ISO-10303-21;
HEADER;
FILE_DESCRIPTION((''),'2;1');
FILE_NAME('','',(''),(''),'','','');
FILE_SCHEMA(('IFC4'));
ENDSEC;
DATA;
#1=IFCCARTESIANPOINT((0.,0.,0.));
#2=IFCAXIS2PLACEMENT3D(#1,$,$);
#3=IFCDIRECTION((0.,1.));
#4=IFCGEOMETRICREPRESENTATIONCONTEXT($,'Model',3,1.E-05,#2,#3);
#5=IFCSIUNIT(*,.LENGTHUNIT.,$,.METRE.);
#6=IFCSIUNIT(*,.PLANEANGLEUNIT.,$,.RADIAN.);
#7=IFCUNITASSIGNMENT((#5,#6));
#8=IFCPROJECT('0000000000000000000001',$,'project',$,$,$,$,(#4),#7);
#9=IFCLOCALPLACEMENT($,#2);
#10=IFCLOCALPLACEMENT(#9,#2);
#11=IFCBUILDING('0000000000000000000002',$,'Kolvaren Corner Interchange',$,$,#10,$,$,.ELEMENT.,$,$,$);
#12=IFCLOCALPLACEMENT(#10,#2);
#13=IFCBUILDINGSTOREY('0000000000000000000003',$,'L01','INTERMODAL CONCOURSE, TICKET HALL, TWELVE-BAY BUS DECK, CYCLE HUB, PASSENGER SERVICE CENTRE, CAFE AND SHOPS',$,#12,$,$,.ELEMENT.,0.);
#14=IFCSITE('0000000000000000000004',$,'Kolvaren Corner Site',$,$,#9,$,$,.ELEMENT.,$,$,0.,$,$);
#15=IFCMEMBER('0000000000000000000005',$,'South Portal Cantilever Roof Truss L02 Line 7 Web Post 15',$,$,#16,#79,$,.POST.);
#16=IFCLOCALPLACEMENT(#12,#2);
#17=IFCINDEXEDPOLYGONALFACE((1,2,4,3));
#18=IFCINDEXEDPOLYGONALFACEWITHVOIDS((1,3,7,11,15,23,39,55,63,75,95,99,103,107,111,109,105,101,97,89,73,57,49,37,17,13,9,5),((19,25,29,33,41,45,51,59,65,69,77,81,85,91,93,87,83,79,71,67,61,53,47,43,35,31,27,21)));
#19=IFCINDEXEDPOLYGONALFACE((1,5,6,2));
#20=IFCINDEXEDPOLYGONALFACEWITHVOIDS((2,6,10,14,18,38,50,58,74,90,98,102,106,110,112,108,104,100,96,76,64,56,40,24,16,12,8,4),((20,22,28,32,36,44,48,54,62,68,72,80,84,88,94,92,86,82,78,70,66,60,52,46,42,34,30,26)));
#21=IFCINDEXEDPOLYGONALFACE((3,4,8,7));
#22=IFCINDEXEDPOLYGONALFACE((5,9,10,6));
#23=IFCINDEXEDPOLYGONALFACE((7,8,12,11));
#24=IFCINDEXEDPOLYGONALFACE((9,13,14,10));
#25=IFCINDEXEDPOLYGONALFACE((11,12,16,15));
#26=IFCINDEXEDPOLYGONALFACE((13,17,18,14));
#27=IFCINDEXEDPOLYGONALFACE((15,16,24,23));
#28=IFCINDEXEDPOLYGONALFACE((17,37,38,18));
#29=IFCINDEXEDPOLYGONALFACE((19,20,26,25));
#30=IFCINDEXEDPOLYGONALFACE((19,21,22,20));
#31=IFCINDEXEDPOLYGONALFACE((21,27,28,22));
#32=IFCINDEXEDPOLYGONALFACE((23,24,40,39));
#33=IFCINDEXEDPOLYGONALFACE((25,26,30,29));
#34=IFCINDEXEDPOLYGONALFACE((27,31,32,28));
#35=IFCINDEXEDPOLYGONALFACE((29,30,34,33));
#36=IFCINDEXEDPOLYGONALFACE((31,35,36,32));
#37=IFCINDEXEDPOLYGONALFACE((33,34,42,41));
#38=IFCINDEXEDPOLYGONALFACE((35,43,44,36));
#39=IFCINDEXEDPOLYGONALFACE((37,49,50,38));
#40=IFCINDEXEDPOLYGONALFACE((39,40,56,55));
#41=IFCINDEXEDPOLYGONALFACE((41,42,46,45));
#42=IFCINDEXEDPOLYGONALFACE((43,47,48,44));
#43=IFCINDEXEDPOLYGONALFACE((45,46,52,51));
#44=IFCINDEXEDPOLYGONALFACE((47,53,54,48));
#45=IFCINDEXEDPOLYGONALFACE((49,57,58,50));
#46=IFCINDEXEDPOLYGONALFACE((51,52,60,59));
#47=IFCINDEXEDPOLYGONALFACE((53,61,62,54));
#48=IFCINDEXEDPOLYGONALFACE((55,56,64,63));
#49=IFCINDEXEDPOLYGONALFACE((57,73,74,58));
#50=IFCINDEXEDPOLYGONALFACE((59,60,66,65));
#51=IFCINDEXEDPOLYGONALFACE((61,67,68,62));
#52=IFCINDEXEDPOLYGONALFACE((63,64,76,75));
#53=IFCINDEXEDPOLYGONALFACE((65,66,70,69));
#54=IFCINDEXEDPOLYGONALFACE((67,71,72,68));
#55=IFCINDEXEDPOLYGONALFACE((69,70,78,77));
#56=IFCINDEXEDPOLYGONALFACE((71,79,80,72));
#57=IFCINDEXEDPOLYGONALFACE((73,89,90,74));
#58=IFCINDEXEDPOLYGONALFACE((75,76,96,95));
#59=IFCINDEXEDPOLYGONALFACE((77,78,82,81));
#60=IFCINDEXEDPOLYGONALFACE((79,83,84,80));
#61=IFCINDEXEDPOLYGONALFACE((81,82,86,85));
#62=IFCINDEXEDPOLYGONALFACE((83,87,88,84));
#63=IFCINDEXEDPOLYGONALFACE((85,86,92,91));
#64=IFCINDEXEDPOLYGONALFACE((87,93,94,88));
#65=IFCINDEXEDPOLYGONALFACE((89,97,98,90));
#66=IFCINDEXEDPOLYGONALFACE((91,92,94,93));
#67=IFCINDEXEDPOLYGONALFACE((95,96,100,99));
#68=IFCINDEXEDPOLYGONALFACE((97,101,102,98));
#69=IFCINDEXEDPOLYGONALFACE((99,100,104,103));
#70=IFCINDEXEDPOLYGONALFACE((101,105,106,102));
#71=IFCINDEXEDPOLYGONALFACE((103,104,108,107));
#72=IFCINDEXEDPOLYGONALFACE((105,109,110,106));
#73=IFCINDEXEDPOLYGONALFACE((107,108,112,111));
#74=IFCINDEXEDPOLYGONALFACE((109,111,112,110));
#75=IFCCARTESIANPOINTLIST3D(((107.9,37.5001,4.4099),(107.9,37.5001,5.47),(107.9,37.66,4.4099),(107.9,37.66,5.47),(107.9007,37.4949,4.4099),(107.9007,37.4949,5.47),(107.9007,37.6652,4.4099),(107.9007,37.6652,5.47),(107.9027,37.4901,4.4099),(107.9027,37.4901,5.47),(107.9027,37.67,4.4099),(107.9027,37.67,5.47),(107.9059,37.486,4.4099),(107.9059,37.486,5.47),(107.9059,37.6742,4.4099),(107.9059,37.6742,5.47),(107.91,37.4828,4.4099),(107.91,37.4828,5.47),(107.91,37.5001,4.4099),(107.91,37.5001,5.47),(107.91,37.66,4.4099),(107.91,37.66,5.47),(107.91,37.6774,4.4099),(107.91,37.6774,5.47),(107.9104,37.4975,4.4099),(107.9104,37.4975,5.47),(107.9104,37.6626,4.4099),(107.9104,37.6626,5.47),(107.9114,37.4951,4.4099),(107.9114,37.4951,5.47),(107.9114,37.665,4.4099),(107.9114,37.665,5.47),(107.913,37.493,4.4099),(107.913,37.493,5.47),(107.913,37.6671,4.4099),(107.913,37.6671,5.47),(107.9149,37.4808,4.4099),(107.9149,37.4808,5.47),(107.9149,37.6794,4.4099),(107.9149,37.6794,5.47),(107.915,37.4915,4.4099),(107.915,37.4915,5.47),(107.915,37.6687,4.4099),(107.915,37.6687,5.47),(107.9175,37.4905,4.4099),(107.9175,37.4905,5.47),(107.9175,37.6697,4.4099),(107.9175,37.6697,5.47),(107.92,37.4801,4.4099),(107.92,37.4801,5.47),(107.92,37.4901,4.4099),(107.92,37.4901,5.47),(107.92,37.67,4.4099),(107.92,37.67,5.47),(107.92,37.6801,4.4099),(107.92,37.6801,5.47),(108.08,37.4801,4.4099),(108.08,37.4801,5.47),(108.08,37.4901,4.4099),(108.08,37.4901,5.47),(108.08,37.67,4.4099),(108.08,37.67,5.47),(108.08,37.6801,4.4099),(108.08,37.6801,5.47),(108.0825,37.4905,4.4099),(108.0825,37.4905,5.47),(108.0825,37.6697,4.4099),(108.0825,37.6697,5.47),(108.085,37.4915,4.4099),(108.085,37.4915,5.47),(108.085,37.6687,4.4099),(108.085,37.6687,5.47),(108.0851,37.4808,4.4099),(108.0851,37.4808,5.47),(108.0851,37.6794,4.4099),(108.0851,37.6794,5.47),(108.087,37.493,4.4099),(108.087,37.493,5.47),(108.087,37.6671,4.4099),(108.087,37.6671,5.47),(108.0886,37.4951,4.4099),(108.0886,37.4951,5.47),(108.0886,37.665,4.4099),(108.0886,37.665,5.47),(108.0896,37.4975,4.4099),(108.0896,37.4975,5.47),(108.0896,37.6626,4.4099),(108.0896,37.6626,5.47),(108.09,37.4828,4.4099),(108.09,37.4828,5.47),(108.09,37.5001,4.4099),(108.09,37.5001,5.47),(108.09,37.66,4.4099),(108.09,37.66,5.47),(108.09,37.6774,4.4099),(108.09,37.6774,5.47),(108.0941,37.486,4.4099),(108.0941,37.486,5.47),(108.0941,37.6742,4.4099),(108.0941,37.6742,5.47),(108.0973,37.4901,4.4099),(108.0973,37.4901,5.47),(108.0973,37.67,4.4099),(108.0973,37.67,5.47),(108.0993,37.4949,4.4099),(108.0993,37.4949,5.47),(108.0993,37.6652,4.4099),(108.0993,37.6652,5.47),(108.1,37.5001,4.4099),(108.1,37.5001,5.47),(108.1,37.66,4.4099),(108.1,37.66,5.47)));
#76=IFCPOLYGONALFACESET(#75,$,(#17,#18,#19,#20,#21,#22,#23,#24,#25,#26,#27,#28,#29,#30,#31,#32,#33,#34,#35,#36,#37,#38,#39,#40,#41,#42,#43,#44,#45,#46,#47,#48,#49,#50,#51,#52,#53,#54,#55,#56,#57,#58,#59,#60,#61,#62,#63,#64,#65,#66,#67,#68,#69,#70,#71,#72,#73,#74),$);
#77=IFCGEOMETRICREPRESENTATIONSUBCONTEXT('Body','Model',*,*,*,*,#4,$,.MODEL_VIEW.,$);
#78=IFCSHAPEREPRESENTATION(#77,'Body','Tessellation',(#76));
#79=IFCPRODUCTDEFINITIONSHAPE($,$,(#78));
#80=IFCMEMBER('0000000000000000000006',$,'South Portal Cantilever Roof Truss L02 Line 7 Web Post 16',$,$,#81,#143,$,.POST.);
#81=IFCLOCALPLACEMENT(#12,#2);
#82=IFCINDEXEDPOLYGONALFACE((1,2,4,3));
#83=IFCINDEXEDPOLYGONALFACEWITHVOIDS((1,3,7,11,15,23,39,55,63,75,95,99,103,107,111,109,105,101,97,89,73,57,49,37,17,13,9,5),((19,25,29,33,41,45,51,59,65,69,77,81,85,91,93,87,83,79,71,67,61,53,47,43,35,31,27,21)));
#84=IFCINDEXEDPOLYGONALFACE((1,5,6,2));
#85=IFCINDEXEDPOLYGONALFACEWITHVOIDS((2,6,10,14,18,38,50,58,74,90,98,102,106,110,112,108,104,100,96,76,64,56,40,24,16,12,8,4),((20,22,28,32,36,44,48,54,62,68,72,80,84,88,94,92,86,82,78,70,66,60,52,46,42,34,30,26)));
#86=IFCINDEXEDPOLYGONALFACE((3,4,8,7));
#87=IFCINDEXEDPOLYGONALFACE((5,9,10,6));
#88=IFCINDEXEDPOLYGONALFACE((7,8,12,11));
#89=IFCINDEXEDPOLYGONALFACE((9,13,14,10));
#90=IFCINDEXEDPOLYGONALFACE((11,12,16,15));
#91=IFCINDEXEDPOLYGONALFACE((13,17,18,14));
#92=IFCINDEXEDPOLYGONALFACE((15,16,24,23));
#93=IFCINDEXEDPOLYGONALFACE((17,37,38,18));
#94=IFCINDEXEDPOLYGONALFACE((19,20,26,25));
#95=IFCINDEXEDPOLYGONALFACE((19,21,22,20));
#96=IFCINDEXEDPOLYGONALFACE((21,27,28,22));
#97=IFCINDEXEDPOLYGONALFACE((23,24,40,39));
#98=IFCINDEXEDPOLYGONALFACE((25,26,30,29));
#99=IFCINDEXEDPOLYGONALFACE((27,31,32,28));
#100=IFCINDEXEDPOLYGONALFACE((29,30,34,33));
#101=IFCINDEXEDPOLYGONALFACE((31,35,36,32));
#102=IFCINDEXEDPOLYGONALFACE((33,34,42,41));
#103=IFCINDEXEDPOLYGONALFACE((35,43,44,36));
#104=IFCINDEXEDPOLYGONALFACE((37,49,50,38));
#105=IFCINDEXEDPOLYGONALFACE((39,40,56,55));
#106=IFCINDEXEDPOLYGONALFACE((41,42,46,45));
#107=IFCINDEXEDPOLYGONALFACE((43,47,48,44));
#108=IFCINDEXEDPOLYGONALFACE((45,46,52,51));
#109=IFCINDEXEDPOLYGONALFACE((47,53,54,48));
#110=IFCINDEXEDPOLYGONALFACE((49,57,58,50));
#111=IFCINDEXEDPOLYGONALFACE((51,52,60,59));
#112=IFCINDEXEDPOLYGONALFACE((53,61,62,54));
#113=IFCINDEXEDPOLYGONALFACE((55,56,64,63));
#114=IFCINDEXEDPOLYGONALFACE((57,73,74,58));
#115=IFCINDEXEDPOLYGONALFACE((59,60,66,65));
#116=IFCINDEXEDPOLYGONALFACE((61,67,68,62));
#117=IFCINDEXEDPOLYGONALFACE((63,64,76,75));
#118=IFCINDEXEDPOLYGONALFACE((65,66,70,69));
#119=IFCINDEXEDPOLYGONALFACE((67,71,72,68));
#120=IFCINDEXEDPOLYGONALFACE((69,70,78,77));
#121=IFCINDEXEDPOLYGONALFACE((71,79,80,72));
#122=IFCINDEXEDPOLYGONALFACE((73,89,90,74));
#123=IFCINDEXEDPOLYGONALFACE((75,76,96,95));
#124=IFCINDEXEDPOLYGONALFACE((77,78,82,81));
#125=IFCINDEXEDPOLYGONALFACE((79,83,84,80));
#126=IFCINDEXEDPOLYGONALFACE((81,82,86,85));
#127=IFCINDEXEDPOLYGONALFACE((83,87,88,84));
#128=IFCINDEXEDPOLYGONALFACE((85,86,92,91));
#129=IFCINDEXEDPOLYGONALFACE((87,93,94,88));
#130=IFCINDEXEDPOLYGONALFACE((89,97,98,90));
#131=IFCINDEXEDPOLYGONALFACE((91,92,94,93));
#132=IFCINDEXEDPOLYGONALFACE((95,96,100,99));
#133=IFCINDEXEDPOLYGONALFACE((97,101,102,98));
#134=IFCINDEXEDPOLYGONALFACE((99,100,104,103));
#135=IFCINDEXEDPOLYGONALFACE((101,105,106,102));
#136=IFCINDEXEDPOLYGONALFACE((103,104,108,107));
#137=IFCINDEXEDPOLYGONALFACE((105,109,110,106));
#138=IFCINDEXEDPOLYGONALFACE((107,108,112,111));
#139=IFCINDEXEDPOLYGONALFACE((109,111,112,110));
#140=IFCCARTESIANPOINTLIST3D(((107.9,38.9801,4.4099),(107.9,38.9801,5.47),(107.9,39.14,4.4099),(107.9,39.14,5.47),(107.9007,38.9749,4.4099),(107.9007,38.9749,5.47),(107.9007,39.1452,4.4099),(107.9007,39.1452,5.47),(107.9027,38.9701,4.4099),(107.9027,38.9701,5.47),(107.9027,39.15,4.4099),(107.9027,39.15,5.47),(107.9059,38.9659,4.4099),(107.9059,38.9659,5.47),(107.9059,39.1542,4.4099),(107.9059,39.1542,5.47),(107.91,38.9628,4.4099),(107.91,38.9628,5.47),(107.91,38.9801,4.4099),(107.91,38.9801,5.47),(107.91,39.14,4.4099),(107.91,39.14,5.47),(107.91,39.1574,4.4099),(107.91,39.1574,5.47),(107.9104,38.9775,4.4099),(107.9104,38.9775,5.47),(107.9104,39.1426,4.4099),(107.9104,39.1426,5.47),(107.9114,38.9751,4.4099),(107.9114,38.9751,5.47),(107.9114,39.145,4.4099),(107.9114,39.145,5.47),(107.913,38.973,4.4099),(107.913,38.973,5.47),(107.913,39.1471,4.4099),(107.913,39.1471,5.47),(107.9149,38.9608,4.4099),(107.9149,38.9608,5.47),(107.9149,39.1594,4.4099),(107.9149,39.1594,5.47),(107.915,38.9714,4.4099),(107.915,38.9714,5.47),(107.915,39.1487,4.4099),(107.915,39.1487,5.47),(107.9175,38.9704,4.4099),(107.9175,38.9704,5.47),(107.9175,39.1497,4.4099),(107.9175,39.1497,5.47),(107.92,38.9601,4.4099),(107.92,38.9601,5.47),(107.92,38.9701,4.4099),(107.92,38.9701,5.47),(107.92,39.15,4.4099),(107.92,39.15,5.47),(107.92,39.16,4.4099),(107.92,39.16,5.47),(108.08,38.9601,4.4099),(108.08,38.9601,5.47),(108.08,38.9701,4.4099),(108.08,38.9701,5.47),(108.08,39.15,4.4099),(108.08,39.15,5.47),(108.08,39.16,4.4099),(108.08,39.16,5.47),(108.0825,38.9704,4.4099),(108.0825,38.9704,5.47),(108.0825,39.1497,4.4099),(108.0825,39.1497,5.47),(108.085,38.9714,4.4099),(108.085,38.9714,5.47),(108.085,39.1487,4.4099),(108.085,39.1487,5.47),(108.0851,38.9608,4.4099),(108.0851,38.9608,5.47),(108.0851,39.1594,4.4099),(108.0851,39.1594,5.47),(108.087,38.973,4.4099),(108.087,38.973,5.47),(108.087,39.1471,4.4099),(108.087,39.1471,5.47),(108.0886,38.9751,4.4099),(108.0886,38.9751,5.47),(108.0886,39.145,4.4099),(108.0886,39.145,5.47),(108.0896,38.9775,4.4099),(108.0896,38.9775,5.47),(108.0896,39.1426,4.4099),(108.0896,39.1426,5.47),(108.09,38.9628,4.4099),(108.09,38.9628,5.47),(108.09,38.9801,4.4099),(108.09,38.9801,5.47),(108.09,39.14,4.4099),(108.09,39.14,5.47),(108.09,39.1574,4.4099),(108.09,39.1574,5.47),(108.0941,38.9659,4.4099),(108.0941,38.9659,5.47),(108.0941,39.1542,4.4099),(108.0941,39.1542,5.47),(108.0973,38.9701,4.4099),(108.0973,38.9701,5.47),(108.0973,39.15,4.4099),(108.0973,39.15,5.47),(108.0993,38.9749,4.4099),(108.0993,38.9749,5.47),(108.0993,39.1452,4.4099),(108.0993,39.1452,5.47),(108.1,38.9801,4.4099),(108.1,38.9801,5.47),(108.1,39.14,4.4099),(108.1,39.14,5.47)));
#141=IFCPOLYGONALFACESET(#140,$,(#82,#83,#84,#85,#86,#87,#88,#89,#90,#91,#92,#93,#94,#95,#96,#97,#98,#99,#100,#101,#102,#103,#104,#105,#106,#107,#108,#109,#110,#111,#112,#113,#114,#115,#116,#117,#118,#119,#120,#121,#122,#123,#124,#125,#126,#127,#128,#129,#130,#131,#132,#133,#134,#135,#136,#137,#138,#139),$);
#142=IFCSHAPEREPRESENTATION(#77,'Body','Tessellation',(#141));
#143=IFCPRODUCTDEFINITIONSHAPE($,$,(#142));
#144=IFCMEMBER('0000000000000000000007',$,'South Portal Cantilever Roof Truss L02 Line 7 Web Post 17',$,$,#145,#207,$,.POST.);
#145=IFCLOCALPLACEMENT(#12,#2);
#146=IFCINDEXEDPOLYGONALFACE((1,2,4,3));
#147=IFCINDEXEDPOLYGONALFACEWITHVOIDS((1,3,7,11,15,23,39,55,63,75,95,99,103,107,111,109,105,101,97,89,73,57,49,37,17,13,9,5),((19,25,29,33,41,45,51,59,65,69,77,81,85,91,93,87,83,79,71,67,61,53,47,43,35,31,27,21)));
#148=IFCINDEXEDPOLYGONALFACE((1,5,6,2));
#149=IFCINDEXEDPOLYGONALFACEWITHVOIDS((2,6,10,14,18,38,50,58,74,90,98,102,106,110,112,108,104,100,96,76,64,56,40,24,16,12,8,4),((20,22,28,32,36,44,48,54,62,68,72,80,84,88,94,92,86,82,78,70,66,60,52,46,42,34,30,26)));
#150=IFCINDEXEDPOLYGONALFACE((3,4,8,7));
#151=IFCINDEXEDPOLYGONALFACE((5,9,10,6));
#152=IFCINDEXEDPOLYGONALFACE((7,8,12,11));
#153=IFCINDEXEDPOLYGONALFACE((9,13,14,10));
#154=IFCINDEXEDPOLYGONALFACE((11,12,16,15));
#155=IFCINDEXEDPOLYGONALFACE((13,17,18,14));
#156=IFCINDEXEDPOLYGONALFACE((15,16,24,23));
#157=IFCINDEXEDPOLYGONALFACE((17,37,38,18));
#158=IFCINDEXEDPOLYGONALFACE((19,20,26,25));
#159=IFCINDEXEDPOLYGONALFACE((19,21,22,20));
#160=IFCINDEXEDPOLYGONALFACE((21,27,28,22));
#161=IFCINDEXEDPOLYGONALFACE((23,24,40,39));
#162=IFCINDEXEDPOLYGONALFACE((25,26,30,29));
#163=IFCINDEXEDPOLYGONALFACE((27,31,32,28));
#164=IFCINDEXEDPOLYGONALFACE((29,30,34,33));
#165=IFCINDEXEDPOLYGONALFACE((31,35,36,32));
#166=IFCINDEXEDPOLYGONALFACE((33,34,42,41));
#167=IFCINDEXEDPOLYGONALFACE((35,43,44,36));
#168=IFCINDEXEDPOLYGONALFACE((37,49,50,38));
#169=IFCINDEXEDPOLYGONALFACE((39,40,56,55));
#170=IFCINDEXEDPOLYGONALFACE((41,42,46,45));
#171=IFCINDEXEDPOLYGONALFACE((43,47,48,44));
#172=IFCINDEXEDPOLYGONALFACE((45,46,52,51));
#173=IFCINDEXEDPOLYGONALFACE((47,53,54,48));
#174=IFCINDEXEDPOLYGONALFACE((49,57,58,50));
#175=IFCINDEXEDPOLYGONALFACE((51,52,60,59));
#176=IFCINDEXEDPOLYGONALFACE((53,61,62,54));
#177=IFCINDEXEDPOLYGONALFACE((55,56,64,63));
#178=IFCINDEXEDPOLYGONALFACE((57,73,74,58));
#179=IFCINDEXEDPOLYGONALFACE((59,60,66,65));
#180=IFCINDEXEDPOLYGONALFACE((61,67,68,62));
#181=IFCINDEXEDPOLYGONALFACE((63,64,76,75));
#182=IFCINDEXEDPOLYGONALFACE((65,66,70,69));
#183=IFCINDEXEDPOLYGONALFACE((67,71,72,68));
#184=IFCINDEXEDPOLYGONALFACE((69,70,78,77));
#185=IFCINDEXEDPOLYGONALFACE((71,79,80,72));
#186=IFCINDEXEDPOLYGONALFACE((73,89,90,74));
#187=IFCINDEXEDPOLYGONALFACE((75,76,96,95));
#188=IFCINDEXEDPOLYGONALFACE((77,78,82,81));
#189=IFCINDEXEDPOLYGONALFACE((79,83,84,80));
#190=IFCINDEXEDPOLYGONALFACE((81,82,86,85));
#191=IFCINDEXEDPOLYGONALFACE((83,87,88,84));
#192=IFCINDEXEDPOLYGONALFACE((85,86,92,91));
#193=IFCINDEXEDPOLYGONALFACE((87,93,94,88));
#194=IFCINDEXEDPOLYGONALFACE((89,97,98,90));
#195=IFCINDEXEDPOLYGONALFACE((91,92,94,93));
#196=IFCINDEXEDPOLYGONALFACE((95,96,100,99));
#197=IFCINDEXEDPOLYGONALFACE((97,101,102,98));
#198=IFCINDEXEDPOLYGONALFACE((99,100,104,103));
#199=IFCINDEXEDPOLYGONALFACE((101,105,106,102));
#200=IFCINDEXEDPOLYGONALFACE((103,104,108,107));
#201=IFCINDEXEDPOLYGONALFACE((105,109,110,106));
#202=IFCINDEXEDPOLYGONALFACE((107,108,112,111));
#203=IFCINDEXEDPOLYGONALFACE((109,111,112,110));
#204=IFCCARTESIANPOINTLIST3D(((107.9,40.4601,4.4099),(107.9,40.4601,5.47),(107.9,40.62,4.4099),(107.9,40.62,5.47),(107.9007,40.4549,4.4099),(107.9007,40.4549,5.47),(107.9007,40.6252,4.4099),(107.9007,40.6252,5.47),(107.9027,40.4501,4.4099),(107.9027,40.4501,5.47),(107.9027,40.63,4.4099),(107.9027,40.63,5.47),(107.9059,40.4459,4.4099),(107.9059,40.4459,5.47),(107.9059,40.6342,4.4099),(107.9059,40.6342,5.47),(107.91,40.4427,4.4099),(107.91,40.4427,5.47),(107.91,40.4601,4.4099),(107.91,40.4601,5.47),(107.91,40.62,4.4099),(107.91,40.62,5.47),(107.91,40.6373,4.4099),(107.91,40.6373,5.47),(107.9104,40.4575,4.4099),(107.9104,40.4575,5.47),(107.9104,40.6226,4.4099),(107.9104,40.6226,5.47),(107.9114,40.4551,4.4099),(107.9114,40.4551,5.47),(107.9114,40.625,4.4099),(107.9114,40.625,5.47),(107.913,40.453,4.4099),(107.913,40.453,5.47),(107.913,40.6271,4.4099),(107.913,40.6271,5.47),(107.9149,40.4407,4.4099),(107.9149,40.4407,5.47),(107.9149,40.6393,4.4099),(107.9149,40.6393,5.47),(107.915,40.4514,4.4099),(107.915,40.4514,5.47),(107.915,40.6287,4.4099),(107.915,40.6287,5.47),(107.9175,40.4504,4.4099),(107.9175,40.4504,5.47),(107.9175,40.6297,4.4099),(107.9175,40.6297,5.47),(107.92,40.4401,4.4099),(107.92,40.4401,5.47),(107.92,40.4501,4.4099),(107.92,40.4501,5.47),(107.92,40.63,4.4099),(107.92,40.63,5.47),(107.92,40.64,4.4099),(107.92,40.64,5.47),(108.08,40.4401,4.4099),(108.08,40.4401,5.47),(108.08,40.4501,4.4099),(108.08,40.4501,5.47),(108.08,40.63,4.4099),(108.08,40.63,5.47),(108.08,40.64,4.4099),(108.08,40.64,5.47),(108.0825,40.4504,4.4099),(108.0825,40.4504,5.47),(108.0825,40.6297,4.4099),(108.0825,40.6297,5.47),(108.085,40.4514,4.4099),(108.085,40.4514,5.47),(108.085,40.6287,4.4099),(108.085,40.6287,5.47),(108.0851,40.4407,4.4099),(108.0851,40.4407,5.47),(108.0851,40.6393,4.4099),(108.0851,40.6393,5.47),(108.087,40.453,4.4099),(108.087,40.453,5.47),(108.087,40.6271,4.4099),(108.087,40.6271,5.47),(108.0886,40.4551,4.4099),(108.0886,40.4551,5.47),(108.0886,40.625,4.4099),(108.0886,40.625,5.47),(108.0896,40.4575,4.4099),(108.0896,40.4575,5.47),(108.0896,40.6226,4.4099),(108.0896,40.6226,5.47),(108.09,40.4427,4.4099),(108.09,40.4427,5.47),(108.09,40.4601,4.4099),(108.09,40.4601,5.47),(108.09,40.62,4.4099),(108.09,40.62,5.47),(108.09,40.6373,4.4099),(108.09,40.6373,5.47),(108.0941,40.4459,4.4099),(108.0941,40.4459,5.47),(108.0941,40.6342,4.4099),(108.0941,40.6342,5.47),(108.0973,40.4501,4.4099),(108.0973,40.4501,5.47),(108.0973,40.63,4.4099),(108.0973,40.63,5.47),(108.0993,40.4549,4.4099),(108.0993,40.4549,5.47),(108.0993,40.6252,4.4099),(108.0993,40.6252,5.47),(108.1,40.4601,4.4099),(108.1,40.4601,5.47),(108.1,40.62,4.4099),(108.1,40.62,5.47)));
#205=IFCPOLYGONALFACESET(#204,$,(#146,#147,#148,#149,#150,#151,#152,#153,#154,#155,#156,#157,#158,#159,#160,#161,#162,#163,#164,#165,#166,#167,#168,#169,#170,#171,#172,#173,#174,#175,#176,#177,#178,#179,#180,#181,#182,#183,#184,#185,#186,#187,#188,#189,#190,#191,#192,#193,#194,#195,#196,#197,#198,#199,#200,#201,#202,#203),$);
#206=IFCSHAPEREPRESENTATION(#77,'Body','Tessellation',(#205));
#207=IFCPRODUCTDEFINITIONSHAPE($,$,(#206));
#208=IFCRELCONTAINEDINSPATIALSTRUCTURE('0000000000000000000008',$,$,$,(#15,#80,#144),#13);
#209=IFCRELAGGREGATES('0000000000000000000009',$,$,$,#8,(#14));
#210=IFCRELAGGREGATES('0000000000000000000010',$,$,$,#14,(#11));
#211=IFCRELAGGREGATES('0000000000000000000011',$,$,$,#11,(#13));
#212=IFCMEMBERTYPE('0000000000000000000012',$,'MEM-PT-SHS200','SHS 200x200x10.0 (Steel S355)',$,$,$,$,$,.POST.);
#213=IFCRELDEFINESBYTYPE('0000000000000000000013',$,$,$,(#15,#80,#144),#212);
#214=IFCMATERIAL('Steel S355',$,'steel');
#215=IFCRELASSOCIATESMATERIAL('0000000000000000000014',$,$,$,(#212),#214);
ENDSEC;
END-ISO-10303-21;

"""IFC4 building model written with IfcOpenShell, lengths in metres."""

from ifc_helpers import new_model, si_unit, direction, frame, origin, origin_2d, place, context, subcontext, project, spatial, hollow_rectangle, extrude, material, material_profile, profile_set, type_object, element, save


model = new_model("IFC4")

# Units and contexts
model_context = context("Model", 3, precision=1e-05, world=origin(), true_north=direction((0.0, 1.0)))
body_context = subcontext(model_context, "Body", "Model", "MODEL_VIEW")
ifc_project = project(units=[si_unit("LENGTHUNIT", "METRE"), si_unit("PLANEANGLEUNIT", "RADIAN")], contexts=[model_context])

# Site, building, storey
site_placement = place(None, origin())
site = spatial("IfcSite", under=ifc_project, at=site_placement, Name="Kolvaren Corner Site", CompositionType="ELEMENT", RefElevation=0.0)
building_placement = place(site_placement, origin())
building = spatial("IfcBuilding", under=site, at=building_placement, Name="Kolvaren Corner Interchange", CompositionType="ELEMENT")
storey_placement = place(building_placement, origin())
storey = spatial("IfcBuildingStorey", under=building, at=storey_placement, Name="L01", Description="INTERMODAL CONCOURSE, TICKET HALL, TWELVE-BAY BUS DECK, CYCLE HUB, PASSENGER SERVICE CENTRE, CAFE AND SHOPS", CompositionType="ELEMENT", Elevation=0.0)

# Members
ifc_material_1 = material(Name="Steel S355", Category="steel")
ifc_material_profile_1 = material_profile(ifc_material_1, hollow_rectangle(XDim=0.2, YDim=0.2, WallThickness=0.01, InnerFilletRadius=0.01, OuterFilletRadius=0.02, at=origin_2d()), Name="SHS 200x200x10.0")
ifc_profile_set_1 = profile_set([ifc_material_profile_1], Name="Steel S355")
member_type_1 = type_object("IfcMemberType", Name="MEM-PT-SHS200", Description="SHS 200x200x10.0 (Steel S355)", PredefinedType="POST", material=ifc_profile_set_1)
for number, where, z_axis, x_axis, name in (
    (1, (108.0, 37.5801, 4.4099), (0.0, 0.0, 1.0), (1.0, 0.0, 0.0), "South Portal Cantilever Roof Truss L02 Line 7 Web Post 15"),
    (2, (108.0, 39.0601, 4.4099), (0.0, 0.0, 1.0), (1.0, 0.0, 0.0), "South Portal Cantilever Roof Truss L02 Line 7 Web Post 16"),
    (3, (108.0, 40.54, 4.4099), (0.0, 0.0, 1.0), (1.0, 0.0, 0.0), "South Portal Cantilever Roof Truss L02 Line 7 Web Post 17"),
):
    element("IfcMember", number, at=place(storey_placement, frame(where, z_axis=z_axis, x_axis=x_axis)), inside=storey, type_object=member_type_1, Name=name, PredefinedType="POST", context=body_context, shape_type="SweptSolid", body=[
        extrude(hollow_rectangle(XDim=0.2, YDim=0.2, WallThickness=0.01, InnerFilletRadius=0.01, OuterFilletRadius=0.02, at=origin_2d()), origin(), (0.0, 0.0, 1.0), 1.0601),
    ])

save(model, "model.ifc")
